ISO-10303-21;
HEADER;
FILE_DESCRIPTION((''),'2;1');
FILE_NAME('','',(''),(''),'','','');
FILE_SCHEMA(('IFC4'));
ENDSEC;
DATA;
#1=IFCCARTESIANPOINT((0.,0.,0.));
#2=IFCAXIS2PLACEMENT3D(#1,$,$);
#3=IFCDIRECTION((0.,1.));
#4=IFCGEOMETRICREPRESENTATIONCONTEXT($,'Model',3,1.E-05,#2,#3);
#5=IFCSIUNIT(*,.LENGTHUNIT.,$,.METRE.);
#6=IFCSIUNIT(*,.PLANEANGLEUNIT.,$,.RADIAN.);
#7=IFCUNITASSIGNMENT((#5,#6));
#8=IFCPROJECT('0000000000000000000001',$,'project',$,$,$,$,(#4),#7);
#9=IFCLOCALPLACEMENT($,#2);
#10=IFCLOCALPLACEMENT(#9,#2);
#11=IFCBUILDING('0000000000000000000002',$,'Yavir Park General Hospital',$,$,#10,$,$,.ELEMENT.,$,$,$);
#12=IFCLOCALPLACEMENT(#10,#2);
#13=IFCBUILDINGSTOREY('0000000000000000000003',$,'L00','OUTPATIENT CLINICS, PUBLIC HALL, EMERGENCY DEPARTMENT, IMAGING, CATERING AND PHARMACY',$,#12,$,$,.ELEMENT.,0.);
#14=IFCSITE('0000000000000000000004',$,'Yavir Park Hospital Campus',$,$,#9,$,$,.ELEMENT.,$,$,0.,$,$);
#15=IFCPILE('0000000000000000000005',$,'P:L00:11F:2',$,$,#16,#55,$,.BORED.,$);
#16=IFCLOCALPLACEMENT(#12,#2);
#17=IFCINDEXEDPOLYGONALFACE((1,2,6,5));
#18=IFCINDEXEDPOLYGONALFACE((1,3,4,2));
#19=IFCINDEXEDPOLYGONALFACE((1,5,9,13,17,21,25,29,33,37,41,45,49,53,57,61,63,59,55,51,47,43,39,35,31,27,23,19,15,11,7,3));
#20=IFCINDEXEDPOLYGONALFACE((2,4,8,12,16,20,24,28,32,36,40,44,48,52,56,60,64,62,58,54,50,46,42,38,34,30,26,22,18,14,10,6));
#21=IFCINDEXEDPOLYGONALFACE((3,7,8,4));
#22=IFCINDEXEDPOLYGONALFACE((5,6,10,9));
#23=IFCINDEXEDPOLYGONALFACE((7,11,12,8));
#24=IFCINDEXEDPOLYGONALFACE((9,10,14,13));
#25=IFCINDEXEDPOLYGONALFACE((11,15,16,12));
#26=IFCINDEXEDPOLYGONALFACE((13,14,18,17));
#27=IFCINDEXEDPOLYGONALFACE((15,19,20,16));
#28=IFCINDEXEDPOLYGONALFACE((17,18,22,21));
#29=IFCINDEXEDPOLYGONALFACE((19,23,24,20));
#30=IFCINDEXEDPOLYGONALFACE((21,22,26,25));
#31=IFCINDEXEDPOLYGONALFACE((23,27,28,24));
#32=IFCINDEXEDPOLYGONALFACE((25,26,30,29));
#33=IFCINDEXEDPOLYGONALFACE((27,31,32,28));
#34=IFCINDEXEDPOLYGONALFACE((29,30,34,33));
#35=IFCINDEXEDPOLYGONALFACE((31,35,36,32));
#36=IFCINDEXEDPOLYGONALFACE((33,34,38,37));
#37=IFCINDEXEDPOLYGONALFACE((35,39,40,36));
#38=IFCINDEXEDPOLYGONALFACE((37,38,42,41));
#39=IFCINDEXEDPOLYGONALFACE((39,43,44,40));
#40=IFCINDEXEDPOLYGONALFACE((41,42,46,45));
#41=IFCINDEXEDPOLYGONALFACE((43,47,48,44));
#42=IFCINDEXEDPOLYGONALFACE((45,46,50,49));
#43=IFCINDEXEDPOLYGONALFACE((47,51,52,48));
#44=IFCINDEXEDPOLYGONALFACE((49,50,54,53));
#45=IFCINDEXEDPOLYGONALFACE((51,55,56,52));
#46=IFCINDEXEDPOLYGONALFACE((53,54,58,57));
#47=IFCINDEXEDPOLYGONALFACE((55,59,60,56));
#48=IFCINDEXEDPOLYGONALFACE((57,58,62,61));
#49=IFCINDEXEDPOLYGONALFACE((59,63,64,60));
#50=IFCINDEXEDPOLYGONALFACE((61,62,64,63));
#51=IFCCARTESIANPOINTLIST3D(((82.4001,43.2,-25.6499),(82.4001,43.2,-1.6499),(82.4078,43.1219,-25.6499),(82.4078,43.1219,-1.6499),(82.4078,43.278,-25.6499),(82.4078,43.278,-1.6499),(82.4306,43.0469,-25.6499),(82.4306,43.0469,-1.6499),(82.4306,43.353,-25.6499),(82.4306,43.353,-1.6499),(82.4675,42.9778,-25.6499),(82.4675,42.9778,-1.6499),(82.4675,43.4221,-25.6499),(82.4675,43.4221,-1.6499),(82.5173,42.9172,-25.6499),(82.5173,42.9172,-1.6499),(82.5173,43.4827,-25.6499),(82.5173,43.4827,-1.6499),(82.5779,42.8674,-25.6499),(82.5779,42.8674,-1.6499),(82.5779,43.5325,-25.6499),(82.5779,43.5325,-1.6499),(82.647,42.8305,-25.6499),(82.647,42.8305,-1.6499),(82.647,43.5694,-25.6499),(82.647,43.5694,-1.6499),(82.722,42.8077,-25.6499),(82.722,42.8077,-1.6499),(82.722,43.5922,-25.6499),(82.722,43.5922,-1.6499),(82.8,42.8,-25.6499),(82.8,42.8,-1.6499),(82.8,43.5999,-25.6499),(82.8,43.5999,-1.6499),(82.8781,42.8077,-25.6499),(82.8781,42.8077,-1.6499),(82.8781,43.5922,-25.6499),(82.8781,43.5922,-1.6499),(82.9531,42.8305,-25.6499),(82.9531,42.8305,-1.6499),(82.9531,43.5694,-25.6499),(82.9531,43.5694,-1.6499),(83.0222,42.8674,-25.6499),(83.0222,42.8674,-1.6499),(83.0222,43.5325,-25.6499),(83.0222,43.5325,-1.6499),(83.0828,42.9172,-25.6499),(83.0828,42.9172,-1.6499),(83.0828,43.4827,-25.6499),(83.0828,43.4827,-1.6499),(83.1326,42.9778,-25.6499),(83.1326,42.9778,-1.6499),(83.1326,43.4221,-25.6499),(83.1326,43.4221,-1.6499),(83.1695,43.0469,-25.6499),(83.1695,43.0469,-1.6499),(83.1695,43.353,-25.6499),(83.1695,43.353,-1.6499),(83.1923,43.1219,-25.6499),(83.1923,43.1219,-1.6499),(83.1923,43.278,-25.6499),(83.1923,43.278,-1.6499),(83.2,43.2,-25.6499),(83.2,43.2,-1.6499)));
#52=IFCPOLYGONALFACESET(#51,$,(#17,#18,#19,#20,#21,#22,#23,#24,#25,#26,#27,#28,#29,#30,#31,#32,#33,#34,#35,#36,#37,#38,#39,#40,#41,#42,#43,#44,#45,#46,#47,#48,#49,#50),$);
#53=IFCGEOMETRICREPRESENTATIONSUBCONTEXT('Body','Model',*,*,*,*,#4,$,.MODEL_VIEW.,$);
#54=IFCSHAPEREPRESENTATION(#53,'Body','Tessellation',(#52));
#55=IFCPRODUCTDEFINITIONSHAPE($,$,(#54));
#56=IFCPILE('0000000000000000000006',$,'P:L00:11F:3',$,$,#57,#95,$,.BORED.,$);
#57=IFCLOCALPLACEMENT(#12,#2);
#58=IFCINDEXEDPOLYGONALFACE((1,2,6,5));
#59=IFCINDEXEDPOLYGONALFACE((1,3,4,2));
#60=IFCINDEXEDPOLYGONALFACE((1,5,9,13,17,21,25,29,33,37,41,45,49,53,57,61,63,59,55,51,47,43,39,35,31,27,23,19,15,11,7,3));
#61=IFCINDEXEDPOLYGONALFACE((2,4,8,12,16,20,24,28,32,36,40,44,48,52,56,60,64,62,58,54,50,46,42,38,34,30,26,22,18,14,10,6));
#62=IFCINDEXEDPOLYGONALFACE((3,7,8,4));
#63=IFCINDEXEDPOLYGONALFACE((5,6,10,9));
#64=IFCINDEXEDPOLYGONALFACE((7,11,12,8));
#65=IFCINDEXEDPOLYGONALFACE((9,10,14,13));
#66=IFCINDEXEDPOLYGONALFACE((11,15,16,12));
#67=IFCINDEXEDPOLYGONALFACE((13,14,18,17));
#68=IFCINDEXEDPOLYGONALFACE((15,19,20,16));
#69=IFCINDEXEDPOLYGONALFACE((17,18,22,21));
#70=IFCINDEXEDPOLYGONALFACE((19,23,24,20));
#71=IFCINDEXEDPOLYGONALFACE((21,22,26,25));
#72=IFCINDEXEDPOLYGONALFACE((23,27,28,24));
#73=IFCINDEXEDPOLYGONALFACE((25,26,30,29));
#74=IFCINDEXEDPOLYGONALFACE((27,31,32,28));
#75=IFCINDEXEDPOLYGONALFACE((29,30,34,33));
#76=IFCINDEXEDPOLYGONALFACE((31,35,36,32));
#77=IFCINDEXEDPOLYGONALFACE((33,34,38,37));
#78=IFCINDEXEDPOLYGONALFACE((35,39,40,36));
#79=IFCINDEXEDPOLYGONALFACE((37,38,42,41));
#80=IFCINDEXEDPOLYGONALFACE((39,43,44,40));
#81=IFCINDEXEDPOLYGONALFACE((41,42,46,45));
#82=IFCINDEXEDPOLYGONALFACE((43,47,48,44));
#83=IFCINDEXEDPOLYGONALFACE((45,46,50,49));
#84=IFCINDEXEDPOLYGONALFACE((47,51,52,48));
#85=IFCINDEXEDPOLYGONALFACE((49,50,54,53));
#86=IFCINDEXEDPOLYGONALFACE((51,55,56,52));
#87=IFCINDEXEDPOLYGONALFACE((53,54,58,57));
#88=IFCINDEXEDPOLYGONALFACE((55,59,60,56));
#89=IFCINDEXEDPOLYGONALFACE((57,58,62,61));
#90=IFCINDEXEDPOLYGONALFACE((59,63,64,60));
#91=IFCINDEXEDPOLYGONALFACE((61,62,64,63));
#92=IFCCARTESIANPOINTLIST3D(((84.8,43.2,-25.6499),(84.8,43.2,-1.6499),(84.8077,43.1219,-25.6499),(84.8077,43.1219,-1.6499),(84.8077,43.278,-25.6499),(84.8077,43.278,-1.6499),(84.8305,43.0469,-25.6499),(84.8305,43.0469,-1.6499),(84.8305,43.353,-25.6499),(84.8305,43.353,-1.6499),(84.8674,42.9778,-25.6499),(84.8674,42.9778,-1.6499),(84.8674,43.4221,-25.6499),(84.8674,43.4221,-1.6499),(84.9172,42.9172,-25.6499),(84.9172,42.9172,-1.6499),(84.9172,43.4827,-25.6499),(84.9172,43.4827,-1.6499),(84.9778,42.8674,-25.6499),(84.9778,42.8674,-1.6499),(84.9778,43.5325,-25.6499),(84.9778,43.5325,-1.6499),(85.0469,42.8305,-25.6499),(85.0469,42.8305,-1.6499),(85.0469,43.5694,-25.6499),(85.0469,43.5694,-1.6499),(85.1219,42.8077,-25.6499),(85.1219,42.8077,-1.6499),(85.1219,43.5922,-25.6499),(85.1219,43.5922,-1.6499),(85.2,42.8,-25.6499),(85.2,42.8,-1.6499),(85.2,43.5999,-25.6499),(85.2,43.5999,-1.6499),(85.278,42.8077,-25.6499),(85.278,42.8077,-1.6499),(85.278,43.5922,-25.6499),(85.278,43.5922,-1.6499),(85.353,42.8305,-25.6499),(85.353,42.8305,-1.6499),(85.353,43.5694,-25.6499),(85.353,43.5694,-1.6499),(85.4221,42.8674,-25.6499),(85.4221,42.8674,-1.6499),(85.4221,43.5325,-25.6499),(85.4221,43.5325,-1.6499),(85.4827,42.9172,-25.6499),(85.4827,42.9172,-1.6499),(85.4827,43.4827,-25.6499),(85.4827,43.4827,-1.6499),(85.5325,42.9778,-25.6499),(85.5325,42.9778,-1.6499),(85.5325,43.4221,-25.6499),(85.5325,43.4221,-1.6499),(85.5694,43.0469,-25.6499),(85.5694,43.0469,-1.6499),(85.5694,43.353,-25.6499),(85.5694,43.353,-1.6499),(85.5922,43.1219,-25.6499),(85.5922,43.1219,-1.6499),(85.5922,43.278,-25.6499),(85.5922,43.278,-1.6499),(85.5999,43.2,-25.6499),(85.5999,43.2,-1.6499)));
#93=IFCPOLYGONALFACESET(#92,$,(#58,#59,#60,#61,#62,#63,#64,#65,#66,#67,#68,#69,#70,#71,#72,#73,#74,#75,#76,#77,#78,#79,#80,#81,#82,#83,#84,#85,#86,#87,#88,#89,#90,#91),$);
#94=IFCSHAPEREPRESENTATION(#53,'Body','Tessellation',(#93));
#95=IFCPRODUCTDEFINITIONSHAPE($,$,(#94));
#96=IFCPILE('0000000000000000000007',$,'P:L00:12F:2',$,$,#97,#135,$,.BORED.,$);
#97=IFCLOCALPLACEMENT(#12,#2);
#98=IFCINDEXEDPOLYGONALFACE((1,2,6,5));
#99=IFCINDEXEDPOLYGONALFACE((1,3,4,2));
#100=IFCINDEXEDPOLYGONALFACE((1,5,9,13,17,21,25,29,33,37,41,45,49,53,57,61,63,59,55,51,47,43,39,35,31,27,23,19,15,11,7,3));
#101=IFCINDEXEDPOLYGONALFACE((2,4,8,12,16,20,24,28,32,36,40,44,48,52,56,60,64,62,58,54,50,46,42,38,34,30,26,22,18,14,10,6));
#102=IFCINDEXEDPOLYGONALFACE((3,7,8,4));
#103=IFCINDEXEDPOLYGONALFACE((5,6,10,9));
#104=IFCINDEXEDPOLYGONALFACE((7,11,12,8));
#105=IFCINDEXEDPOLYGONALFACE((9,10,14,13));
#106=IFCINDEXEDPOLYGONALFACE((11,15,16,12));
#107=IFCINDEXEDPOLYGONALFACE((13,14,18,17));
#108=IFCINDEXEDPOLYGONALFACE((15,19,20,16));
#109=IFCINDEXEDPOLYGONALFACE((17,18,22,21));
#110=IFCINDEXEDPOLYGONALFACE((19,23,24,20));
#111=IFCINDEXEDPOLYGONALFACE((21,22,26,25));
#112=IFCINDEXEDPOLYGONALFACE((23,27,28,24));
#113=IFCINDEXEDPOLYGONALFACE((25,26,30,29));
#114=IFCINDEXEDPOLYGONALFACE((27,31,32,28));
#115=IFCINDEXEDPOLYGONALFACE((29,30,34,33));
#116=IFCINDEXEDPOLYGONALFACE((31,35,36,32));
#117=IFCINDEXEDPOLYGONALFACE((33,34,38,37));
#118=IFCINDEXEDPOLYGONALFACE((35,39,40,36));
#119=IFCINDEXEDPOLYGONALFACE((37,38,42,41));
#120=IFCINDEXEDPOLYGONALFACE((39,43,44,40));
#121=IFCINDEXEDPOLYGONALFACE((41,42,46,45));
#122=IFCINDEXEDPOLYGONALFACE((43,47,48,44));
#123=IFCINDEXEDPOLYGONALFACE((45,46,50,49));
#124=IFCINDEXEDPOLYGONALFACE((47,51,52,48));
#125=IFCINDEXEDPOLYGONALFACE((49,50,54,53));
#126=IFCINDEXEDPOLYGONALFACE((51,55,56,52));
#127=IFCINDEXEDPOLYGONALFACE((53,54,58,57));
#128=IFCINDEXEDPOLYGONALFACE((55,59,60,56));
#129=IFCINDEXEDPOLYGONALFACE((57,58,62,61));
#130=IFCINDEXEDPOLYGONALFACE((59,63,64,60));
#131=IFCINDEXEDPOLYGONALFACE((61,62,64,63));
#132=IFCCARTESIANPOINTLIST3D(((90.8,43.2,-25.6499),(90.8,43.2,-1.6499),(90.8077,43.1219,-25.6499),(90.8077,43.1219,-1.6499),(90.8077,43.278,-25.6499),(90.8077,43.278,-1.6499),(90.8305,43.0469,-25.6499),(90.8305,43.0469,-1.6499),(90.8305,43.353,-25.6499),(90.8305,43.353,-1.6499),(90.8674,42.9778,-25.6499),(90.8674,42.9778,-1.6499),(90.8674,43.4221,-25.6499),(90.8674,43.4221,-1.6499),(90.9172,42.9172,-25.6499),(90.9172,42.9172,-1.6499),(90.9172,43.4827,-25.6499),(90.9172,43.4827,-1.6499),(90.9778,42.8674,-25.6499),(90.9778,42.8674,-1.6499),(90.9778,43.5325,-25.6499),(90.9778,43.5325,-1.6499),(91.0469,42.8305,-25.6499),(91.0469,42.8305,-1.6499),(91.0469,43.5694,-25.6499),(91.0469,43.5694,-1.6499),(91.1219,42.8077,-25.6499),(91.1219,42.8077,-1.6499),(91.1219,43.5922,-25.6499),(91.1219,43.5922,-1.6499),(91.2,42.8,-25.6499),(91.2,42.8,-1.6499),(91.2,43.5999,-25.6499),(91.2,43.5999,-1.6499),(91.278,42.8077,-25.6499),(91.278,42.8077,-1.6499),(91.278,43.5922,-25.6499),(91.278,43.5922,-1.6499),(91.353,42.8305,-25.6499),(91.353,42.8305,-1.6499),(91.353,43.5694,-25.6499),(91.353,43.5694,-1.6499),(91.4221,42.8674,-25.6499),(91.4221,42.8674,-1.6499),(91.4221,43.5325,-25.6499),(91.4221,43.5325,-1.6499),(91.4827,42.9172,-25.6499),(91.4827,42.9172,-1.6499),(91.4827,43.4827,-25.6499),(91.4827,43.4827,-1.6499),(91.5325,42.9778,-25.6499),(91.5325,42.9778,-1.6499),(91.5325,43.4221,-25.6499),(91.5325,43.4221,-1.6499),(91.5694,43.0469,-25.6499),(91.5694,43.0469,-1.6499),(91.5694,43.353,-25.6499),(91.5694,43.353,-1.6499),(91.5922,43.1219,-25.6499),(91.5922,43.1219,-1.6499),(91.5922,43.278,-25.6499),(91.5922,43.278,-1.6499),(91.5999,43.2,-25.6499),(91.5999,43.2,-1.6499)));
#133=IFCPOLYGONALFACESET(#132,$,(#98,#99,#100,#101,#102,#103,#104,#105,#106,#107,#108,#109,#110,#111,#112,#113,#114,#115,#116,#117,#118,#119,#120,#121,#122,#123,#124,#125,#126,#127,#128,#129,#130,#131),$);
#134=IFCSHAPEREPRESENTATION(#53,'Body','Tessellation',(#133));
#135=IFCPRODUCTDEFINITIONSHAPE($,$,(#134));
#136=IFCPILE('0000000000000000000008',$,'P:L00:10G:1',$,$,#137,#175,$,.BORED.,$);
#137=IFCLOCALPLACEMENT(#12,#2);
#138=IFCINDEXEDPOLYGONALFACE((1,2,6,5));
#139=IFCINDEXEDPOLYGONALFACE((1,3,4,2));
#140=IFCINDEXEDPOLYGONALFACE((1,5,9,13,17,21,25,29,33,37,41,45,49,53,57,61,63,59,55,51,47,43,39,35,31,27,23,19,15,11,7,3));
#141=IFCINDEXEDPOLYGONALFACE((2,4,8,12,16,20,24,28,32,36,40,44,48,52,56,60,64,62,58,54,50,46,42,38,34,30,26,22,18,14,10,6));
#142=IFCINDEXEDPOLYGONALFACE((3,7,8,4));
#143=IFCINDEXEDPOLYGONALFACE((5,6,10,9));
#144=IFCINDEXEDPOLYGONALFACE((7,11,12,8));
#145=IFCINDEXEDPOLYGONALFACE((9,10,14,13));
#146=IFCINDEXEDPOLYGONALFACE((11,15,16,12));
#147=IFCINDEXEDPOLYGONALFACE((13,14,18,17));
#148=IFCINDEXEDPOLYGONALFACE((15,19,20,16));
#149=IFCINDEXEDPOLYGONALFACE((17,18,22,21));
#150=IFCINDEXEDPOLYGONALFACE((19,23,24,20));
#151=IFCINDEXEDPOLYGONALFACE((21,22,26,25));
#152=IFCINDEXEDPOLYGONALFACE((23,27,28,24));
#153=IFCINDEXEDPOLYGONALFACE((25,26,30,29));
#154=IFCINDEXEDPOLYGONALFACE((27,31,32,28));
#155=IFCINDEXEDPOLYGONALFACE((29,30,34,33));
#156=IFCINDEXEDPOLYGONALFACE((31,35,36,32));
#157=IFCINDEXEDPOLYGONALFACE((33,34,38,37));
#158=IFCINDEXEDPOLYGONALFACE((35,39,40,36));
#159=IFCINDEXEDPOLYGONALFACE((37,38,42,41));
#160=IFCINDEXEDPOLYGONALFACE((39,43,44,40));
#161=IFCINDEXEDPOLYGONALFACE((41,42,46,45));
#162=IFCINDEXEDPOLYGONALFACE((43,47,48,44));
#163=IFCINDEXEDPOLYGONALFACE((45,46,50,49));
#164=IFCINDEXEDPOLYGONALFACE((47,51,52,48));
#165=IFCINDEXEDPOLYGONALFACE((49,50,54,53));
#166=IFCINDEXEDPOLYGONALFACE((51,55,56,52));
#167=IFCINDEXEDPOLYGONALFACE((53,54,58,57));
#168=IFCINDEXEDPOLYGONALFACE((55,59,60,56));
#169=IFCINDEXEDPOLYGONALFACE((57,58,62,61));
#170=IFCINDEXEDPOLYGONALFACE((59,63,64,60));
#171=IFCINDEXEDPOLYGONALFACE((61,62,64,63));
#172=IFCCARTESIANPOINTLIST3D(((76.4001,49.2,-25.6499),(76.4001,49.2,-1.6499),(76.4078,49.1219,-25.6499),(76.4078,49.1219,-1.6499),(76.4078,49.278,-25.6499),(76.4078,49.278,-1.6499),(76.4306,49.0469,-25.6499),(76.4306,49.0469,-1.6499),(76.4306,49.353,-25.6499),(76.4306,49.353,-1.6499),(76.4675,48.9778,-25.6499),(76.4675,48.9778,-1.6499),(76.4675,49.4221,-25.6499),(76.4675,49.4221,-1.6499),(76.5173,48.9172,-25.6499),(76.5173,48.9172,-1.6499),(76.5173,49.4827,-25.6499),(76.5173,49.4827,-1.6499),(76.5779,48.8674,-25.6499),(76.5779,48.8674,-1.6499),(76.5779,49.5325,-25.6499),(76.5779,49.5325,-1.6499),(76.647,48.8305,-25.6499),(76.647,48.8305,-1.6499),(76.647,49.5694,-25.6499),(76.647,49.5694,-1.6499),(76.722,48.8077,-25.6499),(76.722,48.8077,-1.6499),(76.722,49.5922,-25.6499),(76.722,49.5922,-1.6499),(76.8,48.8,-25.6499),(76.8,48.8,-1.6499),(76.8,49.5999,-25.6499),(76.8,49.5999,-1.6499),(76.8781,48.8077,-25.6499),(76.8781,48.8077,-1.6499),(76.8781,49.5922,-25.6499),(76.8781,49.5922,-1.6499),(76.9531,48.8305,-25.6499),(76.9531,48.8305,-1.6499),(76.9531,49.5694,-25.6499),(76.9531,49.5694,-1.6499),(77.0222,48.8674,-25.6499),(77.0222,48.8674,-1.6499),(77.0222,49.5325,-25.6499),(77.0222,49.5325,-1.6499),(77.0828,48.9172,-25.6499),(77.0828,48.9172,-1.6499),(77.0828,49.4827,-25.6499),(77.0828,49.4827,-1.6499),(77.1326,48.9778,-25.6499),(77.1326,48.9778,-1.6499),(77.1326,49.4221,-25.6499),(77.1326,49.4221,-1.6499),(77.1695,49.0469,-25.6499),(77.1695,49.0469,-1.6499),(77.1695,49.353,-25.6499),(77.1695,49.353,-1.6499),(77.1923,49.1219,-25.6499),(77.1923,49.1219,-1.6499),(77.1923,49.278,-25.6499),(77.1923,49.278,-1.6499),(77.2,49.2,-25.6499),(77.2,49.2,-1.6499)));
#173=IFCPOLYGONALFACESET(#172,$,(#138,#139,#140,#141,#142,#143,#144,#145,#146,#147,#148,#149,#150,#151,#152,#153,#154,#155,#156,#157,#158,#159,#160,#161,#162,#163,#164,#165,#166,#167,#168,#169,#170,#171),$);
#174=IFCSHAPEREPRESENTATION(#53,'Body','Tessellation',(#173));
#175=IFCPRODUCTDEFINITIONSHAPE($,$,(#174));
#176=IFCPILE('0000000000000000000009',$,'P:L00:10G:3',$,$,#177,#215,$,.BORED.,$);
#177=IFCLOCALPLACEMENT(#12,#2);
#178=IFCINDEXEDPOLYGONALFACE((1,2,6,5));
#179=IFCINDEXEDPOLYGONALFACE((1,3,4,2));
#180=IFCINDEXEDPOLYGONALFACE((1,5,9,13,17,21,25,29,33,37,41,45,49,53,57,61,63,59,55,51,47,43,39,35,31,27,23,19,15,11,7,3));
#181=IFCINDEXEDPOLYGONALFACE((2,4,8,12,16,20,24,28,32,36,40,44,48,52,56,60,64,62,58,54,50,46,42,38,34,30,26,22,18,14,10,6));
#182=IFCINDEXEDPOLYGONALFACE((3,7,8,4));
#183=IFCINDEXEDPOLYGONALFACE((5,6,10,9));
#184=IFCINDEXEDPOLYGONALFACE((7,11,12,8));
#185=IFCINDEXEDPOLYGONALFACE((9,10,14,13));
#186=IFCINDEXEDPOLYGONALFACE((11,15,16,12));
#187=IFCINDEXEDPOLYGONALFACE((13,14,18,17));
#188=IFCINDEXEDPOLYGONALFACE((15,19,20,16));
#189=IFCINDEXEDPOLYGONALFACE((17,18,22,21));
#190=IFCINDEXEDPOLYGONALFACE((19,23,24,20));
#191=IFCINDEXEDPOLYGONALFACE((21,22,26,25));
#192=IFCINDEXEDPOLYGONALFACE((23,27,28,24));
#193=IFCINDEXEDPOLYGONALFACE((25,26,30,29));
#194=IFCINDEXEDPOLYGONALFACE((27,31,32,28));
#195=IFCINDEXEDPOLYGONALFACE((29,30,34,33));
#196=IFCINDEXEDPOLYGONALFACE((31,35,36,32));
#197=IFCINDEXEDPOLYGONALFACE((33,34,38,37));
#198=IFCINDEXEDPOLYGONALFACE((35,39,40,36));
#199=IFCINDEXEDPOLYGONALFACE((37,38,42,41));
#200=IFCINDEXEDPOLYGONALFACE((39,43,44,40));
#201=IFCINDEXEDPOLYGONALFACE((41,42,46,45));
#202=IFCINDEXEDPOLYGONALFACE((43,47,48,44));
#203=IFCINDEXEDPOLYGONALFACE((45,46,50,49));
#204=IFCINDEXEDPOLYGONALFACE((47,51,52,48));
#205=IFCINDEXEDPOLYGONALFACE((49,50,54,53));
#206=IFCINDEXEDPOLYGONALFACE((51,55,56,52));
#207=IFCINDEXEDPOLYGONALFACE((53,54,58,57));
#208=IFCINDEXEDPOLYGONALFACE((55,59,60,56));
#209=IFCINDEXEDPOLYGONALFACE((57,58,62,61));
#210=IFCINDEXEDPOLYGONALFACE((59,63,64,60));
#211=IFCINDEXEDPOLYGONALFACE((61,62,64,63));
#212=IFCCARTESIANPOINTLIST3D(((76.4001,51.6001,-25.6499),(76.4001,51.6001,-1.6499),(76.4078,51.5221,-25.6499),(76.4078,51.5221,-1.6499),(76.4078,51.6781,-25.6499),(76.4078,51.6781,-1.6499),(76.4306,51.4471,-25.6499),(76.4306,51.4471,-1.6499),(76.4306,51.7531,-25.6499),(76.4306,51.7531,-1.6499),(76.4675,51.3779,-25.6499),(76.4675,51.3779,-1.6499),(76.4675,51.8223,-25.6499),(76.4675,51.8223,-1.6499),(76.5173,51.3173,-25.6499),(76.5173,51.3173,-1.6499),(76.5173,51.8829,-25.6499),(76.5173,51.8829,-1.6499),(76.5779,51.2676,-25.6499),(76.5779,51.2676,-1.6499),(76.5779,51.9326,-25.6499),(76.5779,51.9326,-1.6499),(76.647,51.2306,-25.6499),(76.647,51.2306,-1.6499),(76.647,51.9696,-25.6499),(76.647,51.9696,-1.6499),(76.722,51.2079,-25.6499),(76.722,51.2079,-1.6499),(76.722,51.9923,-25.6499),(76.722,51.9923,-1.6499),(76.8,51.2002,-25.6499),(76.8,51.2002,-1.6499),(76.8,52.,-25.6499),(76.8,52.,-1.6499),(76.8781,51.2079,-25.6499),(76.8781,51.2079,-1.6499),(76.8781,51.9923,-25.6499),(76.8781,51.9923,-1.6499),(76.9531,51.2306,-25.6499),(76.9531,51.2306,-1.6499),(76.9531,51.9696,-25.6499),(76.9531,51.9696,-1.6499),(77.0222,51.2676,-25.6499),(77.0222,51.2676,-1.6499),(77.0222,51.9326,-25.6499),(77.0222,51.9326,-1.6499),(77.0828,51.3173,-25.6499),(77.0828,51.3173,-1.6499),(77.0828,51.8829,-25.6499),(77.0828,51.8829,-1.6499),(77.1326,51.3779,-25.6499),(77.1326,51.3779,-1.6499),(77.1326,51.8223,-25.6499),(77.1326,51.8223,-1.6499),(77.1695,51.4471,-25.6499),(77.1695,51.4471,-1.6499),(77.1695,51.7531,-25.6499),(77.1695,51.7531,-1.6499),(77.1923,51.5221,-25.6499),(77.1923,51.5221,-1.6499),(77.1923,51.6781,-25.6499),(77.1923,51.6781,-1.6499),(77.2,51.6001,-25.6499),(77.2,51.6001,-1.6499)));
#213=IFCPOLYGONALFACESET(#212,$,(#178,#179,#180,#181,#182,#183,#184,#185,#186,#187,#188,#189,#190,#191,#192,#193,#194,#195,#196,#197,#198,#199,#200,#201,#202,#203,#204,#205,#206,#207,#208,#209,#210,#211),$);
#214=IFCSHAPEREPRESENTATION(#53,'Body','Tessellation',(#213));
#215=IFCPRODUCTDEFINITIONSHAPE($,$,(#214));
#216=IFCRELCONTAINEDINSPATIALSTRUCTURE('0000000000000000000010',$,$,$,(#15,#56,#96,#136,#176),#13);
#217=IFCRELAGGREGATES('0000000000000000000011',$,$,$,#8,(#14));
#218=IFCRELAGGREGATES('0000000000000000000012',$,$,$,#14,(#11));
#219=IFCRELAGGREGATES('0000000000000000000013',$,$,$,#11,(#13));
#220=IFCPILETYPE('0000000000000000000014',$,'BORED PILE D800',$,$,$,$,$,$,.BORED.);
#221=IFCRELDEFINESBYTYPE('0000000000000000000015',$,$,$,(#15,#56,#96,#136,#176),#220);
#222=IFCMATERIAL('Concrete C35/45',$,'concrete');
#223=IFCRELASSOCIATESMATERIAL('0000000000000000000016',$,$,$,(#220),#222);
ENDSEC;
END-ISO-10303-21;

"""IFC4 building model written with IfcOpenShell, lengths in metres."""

from ifc_helpers import new_model, si_unit, direction, frame, origin, origin_2d, place, context, subcontext, project, spatial, circle, extrude, material, material_profile, profile_set, type_object, element, save


model = new_model("IFC4")

# Units and contexts
model_context = context("Model", 3, precision=1e-05, world=origin(), true_north=direction((0.0, 1.0)))
body_context = subcontext(model_context, "Body", "Model", "MODEL_VIEW")
ifc_project = project(units=[si_unit("LENGTHUNIT", "METRE"), si_unit("PLANEANGLEUNIT", "RADIAN")], contexts=[model_context])

# Site, building, storey
site_placement = place(None, origin())
site = spatial("IfcSite", under=ifc_project, at=site_placement, Name="Yavir Park Hospital Campus", CompositionType="ELEMENT", RefElevation=0.0)
building_placement = place(site_placement, origin())
building = spatial("IfcBuilding", under=site, at=building_placement, Name="Yavir Park General Hospital", CompositionType="ELEMENT")
storey_placement = place(building_placement, origin())
storey = spatial("IfcBuildingStorey", under=building, at=storey_placement, Name="L00", Description="OUTPATIENT CLINICS, PUBLIC HALL, EMERGENCY DEPARTMENT, IMAGING, CATERING AND PHARMACY", CompositionType="ELEMENT", Elevation=0.0)

# Piles
ifc_material_1 = material(Name="Concrete C35/45", Category="concrete")
ifc_material_profile_1 = material_profile(ifc_material_1, circle(Radius=0.3999, at=origin_2d()), Name="D800")
ifc_profile_set_1 = profile_set([ifc_material_profile_1], Name="Concrete C35/45")
pile_type = type_object("IfcPileType", Name="BORED PILE D800", PredefinedType="BORED", material=ifc_profile_set_1)
for number, where, z_axis, x_axis, name in (
    (1, (82.8, 43.2, -1.6499), (0.0, 0.0, -1.0), (1.0, 0.0, 0.0), "P:L00:11F:2"),
    (2, (85.2, 43.2, -1.6499), (0.0, 0.0, -1.0), (1.0, 0.0, 0.0), "P:L00:11F:3"),
    (3, (91.2, 43.2, -1.6499), (0.0, 0.0, -1.0), (1.0, 0.0, 0.0), "P:L00:12F:2"),
    (4, (76.8, 49.2, -1.6499), (0.0, 0.0, -1.0), (1.0, 0.0, 0.0), "P:L00:10G:1"),
    (5, (76.8, 51.6001, -1.6499), (0.0, 0.0, -1.0), (1.0, 0.0, 0.0), "P:L00:10G:3"),
):
    element("IfcPile", number, at=place(storey_placement, frame(where, z_axis=z_axis, x_axis=x_axis)), inside=storey, type_object=pile_type, Name=name, PredefinedType="BORED", context=body_context, shape_type="SweptSolid", body=[
        extrude(circle(Radius=0.3999, at=origin_2d()), origin(), (0.0, 0.0, 1.0), 24.0),
    ])

save(model, "model.ifc")
